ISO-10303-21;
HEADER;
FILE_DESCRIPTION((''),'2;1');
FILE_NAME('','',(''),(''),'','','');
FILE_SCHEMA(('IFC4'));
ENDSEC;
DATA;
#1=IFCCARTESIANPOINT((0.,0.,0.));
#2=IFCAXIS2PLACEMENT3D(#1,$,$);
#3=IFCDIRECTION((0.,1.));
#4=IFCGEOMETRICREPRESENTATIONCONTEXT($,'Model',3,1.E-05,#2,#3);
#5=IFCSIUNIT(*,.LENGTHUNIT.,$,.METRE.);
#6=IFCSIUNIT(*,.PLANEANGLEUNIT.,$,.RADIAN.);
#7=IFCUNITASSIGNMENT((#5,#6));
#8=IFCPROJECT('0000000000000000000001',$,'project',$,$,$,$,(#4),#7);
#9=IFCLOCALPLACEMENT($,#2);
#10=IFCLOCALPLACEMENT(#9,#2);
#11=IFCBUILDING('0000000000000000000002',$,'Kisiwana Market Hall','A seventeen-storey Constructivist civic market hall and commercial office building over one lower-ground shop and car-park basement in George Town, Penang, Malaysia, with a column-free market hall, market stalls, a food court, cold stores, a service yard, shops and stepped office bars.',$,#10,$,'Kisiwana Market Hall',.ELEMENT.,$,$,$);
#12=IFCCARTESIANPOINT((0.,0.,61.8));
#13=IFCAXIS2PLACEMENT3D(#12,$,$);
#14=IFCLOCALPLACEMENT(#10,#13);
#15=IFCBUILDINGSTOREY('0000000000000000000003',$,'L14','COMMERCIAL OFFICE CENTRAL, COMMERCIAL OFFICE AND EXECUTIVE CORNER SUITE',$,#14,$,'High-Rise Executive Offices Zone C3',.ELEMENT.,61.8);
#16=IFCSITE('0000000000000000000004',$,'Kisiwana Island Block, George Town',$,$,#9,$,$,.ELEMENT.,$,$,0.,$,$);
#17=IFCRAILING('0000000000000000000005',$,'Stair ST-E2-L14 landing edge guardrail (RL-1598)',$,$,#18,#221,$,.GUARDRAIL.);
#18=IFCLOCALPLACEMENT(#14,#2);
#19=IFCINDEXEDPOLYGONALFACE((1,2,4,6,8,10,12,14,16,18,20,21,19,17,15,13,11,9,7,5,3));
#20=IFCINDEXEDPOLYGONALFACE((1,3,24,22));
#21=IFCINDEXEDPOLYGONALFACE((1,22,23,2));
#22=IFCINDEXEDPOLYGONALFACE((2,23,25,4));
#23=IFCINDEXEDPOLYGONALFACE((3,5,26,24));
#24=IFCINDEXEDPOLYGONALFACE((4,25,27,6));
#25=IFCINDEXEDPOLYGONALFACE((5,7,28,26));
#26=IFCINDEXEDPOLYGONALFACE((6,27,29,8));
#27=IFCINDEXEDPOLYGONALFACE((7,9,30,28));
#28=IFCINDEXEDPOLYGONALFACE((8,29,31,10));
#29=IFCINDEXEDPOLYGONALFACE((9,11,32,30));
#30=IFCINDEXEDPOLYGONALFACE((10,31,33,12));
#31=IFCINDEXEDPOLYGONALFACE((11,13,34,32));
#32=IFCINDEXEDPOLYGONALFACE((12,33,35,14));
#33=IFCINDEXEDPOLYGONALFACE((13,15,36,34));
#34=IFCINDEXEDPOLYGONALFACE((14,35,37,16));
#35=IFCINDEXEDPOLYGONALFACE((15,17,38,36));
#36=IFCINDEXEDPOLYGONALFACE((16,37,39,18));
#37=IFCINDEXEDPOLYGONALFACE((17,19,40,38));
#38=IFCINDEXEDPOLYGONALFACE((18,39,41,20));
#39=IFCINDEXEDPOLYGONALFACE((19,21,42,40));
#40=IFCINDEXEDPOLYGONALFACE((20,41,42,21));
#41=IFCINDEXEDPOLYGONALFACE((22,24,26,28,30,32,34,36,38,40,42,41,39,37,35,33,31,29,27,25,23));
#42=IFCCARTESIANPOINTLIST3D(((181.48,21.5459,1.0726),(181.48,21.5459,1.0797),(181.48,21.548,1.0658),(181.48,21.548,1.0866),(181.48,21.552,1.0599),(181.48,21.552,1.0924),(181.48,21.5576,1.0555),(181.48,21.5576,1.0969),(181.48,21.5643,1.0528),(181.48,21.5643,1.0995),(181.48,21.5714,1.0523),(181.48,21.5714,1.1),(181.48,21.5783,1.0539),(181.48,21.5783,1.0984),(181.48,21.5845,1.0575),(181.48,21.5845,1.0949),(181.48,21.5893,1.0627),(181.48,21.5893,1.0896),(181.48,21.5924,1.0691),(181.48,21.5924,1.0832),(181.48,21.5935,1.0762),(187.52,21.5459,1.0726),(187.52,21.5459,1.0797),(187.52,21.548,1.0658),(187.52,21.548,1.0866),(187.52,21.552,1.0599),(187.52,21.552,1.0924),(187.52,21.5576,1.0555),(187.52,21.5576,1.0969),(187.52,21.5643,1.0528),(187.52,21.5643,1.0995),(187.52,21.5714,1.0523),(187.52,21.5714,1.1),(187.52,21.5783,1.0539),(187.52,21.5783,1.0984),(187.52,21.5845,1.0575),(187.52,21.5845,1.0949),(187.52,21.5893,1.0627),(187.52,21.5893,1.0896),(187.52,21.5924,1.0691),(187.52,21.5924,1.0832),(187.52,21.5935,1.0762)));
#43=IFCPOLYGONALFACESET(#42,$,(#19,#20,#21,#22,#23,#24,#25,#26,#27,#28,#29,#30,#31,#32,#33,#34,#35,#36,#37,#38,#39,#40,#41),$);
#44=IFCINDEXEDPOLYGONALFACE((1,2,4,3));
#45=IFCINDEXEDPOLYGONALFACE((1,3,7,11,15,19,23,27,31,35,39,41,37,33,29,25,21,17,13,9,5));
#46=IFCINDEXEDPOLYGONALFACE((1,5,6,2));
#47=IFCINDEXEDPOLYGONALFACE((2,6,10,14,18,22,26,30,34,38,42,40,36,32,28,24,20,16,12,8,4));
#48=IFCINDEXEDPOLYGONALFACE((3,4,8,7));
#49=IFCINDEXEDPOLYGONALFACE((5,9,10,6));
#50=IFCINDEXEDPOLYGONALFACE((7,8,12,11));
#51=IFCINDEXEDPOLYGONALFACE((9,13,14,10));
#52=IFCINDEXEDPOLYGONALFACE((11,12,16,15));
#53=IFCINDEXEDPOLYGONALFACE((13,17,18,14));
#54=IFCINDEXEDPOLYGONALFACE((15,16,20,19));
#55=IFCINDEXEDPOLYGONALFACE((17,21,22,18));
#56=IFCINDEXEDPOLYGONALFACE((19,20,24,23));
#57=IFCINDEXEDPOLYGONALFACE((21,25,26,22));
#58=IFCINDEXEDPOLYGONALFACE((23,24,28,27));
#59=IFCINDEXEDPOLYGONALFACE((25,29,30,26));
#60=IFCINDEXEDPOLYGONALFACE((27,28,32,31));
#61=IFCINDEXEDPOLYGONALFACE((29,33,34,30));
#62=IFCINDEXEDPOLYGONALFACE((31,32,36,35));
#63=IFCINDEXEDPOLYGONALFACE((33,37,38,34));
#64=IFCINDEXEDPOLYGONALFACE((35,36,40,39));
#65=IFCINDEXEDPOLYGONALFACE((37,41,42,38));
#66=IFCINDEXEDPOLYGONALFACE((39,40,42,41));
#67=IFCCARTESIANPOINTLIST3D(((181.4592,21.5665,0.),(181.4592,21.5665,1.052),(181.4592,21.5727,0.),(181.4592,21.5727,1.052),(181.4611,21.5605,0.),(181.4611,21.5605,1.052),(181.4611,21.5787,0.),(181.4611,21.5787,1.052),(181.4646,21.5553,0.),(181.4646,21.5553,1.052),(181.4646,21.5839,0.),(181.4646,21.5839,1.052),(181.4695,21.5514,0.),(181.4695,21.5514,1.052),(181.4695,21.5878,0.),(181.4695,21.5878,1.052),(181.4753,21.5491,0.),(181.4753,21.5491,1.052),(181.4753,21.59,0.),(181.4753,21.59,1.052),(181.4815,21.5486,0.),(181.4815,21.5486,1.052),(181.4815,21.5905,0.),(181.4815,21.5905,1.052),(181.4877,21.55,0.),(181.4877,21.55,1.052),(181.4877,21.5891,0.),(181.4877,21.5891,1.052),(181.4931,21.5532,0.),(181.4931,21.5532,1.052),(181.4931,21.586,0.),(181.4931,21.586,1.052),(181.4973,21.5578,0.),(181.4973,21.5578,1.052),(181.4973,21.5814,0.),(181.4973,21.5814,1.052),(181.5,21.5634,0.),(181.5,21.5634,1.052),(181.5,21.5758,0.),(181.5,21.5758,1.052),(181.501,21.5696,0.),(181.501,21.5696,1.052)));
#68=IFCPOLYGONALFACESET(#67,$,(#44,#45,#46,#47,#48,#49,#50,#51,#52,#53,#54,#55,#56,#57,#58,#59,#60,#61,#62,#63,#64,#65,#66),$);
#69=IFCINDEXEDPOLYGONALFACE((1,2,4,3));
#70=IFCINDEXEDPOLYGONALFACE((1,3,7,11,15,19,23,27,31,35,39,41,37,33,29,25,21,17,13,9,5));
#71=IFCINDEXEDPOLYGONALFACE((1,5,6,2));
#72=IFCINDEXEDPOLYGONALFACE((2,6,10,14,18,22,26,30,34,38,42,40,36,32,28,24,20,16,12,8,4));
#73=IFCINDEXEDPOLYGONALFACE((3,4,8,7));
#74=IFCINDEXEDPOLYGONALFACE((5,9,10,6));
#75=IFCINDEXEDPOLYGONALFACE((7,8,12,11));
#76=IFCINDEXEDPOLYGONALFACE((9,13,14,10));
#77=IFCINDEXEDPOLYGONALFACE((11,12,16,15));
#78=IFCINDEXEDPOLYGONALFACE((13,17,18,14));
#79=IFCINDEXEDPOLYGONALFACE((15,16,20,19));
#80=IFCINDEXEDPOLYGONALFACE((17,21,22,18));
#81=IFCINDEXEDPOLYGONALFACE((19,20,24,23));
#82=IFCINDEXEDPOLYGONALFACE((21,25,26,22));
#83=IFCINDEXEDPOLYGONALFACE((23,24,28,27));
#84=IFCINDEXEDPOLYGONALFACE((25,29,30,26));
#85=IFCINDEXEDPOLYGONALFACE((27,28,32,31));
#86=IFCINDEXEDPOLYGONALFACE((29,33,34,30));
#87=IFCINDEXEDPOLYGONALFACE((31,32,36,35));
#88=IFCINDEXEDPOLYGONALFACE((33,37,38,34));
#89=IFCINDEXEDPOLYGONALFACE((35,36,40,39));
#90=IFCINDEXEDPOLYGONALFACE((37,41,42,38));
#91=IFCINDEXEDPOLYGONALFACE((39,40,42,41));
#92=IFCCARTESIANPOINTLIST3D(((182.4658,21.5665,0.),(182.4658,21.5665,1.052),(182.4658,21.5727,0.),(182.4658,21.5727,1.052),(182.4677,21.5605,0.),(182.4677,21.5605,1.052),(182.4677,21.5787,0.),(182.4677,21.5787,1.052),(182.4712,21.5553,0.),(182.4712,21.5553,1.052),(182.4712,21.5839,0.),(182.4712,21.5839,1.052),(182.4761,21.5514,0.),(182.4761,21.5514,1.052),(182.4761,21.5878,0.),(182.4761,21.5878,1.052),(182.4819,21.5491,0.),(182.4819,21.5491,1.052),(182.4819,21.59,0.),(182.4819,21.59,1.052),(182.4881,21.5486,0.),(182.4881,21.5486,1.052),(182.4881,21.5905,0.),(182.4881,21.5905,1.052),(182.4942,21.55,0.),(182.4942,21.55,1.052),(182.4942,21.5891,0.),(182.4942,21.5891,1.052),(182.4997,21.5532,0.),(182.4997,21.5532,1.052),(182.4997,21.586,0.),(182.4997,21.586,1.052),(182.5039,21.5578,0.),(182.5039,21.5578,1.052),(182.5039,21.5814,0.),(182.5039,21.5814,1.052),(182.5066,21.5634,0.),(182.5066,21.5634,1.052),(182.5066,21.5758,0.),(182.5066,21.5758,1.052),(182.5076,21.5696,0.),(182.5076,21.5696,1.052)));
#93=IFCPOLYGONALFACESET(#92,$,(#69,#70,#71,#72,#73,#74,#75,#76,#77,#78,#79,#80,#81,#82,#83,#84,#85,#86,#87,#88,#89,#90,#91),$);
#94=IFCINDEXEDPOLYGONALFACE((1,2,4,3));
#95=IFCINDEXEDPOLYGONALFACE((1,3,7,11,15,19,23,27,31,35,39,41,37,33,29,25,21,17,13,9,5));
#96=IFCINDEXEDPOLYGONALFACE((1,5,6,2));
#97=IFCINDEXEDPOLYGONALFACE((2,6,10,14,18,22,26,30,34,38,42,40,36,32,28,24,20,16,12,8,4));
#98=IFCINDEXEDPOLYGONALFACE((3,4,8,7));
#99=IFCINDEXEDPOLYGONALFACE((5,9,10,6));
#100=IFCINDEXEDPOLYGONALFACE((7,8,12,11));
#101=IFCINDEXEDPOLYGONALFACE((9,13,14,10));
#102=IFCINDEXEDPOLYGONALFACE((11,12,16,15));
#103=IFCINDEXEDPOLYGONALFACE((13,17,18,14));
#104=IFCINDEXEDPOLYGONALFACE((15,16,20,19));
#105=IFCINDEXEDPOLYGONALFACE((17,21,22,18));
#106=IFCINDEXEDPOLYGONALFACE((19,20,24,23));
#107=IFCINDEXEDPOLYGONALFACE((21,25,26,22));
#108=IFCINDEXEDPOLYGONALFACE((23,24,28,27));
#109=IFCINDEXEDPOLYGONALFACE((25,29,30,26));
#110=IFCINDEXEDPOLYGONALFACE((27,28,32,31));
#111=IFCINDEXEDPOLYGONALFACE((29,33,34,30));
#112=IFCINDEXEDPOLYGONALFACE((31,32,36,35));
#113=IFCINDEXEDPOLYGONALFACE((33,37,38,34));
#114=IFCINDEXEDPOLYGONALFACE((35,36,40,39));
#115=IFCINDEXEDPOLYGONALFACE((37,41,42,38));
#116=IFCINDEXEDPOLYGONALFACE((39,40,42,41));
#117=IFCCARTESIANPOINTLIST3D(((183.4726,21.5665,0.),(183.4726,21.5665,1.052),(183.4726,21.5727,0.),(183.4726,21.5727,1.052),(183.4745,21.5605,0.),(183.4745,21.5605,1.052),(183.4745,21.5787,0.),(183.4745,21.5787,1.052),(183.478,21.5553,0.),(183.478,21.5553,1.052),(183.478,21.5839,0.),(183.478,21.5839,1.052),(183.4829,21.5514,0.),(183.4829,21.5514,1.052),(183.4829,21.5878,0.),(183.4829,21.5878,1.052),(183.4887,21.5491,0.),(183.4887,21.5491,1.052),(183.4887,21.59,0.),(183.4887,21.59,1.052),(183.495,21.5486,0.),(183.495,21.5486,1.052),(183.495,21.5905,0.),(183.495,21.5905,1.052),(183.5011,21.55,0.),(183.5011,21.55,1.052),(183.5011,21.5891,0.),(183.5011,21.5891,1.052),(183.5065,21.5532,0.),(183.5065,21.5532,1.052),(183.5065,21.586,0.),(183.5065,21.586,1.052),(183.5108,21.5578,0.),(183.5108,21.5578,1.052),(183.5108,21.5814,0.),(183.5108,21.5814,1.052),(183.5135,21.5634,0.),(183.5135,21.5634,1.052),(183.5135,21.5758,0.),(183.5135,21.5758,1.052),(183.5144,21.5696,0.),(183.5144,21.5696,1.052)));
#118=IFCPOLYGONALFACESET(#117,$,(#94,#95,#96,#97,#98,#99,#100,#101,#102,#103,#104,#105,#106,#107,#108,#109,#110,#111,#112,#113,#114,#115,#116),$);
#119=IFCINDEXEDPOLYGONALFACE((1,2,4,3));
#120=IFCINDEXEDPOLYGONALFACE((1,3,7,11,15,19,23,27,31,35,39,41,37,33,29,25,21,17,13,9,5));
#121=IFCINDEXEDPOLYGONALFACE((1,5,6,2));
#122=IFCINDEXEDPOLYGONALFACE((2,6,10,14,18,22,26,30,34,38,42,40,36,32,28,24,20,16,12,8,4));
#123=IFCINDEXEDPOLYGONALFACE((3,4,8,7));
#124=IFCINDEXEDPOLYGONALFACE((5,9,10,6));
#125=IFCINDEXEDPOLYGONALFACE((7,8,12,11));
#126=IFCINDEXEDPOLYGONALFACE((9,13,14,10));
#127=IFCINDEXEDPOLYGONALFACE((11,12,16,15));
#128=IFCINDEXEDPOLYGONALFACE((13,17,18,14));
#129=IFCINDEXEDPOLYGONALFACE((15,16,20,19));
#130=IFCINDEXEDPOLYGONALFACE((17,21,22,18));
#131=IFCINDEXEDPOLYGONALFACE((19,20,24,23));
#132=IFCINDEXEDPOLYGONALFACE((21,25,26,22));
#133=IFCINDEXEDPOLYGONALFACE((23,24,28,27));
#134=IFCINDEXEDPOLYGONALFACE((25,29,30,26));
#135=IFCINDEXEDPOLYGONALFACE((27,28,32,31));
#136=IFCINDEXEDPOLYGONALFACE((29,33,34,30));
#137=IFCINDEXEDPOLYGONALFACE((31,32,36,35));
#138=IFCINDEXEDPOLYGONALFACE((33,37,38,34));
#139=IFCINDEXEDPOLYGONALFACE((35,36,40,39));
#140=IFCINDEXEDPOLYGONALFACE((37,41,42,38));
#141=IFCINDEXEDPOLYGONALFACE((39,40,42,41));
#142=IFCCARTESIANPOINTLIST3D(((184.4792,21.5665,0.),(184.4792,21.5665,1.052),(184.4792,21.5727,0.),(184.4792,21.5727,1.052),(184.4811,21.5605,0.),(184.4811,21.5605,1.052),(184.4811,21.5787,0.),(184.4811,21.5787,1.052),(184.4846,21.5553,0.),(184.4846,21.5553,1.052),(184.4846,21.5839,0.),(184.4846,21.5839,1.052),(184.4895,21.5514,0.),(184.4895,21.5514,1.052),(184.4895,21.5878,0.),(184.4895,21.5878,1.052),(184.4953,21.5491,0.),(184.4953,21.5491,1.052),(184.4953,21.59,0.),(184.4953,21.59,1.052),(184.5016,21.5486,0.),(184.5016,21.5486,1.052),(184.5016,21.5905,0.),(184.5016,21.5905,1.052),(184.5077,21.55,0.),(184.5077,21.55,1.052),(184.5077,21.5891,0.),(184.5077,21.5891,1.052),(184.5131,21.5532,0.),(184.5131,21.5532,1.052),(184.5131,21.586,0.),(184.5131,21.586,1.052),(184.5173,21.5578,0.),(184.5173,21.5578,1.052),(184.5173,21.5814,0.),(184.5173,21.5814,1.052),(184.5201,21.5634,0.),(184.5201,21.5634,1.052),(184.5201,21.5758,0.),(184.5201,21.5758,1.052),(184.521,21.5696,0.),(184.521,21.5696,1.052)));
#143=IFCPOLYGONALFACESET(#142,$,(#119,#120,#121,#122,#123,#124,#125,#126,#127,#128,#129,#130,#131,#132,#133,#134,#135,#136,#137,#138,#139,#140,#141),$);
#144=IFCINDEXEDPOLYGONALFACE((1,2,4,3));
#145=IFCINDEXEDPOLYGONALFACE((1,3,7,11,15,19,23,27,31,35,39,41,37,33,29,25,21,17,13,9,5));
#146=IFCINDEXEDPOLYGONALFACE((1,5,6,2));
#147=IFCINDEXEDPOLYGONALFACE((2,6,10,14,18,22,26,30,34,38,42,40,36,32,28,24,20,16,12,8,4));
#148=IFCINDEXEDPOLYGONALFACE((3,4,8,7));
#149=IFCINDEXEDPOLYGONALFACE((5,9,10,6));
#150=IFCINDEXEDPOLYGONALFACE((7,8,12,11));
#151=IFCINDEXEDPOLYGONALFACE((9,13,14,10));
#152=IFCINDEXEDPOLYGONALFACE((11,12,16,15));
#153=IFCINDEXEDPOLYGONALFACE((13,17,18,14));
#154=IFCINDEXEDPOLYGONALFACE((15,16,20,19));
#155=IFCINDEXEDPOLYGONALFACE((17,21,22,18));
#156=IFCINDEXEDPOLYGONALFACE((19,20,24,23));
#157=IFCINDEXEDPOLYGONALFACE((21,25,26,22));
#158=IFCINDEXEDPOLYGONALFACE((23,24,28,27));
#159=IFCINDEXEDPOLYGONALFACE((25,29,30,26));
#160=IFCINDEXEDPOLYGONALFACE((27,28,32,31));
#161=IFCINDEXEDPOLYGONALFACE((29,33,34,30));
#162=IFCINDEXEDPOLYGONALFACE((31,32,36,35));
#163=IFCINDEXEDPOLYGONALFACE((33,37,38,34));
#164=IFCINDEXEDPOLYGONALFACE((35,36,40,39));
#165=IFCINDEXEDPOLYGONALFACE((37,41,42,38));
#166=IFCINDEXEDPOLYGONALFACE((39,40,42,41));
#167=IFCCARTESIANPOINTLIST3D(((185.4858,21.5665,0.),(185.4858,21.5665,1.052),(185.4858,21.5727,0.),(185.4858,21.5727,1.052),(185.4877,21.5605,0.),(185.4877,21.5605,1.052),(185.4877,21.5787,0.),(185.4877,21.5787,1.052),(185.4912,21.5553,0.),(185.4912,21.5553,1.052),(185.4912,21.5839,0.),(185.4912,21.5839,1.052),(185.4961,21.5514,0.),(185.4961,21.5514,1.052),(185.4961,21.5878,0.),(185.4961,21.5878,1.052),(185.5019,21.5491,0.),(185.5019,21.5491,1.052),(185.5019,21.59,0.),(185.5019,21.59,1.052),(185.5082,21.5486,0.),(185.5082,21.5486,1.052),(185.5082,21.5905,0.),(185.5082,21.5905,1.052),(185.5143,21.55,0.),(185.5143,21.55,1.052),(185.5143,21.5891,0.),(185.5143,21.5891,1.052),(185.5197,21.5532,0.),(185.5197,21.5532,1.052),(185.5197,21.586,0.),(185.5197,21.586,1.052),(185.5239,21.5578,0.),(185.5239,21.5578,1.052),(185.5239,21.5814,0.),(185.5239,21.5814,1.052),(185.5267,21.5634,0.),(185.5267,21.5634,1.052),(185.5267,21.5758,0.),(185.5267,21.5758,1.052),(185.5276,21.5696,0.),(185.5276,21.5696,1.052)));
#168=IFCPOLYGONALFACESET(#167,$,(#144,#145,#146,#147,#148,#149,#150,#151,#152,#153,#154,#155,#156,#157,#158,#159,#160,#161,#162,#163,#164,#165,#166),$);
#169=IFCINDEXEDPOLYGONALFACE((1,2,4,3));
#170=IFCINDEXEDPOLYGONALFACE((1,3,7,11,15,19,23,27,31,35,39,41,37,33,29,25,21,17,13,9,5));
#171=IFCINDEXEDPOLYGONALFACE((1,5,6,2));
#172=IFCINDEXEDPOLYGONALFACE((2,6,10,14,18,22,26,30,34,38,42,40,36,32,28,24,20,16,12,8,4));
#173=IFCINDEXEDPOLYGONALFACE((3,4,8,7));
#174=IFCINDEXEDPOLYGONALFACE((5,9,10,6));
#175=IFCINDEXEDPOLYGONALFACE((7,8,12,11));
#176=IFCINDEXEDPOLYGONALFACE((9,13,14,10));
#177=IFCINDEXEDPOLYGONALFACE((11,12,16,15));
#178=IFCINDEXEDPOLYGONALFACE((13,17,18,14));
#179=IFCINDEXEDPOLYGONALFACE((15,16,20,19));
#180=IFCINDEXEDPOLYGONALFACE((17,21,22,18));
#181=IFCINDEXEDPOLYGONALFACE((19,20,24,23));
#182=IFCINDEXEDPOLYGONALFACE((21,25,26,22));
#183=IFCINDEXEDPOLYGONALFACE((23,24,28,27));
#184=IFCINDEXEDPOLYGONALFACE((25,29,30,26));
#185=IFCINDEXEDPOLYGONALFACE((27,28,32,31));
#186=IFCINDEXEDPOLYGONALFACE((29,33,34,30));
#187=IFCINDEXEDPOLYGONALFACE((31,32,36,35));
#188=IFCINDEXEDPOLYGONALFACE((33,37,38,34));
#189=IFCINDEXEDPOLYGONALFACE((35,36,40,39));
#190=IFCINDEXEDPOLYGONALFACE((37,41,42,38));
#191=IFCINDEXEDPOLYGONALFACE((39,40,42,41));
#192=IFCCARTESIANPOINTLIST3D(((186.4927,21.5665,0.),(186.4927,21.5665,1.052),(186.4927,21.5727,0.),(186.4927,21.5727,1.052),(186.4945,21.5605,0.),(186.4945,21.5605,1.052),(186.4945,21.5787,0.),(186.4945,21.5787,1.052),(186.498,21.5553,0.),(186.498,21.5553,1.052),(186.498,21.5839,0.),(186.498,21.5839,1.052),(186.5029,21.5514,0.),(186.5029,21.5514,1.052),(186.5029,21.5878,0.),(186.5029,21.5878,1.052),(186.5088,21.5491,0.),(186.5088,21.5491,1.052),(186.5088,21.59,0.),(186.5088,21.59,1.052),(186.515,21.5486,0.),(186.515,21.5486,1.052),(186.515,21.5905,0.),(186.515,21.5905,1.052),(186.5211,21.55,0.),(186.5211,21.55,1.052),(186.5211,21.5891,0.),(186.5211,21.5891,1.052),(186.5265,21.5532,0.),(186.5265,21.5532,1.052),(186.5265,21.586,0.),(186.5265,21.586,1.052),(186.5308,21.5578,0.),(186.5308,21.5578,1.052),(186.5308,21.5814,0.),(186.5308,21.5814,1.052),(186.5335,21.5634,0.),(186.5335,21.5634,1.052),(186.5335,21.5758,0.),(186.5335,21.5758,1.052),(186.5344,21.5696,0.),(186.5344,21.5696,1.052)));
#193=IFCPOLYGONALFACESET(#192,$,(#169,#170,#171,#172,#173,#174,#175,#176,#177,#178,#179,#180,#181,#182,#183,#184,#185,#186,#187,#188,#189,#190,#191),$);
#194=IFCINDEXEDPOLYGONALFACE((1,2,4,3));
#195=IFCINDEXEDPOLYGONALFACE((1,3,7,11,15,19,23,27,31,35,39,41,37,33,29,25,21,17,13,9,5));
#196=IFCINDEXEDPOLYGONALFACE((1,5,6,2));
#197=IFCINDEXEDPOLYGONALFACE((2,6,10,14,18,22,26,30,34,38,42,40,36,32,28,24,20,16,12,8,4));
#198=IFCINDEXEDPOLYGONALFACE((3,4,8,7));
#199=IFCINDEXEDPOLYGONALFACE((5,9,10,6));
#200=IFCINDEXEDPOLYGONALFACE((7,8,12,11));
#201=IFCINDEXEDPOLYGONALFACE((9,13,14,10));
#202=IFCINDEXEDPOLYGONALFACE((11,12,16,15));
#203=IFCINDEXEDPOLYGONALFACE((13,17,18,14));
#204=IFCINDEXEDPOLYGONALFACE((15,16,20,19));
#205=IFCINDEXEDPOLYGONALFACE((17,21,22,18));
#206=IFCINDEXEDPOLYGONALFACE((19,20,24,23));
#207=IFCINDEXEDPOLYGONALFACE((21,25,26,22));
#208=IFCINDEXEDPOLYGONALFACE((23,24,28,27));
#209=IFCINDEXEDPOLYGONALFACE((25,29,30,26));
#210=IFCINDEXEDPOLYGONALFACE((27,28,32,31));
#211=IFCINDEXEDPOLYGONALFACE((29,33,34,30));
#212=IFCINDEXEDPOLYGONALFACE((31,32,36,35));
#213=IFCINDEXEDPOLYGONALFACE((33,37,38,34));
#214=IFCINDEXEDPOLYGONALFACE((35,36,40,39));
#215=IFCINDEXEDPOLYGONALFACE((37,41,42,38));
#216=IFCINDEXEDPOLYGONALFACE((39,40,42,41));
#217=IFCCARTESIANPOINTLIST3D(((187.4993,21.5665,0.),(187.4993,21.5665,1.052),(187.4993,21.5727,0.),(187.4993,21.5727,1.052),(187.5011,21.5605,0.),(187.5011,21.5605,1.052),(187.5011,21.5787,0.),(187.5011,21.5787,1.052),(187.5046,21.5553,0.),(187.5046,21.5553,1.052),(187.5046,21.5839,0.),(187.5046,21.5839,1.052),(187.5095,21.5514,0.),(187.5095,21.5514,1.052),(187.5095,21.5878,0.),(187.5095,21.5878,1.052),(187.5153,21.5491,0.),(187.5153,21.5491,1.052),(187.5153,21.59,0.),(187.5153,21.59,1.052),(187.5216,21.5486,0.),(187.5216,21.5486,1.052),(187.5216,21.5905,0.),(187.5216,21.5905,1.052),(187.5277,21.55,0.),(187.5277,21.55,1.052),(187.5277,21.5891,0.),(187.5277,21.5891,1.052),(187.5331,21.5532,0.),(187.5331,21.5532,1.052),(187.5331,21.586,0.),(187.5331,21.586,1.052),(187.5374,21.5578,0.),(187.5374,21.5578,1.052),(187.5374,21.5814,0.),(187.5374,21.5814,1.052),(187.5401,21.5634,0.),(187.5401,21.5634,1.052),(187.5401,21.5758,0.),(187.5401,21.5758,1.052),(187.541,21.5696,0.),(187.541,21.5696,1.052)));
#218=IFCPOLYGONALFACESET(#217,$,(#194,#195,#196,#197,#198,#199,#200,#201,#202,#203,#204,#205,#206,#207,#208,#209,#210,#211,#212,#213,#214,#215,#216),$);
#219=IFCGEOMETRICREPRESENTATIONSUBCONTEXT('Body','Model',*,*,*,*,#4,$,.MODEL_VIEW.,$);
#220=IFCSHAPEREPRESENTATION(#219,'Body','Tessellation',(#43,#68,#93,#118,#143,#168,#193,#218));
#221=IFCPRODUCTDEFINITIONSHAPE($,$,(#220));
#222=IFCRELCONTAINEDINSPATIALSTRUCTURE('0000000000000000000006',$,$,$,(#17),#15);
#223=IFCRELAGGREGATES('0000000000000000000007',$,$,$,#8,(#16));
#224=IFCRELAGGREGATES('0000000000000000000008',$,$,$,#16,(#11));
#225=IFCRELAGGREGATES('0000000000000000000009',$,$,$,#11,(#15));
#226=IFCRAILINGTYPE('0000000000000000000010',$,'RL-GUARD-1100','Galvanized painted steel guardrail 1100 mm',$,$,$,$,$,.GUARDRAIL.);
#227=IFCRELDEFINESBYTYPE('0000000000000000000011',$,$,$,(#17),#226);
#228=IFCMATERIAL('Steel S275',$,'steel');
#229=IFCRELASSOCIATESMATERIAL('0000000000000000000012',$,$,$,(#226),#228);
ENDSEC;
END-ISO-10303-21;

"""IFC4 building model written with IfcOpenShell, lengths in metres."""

from ifc_helpers import new_model, si_unit, direction, frame, origin, origin_2d, place, context, subcontext, project, spatial, circle, extrude, material, type_object, element, save


model = new_model("IFC4")

# Units and contexts
model_context = context("Model", 3, precision=1e-05, world=origin(), true_north=direction((0.0, 1.0)))
body_context = subcontext(model_context, "Body", "Model", "MODEL_VIEW")
ifc_project = project(units=[si_unit("LENGTHUNIT", "METRE"), si_unit("PLANEANGLEUNIT", "RADIAN")], contexts=[model_context])

# Site, building, storey
site_placement = place(None, origin())
site = spatial("IfcSite", under=ifc_project, at=site_placement, Name="Kisiwana Island Block, George Town", CompositionType="ELEMENT", RefElevation=0.0)
building_placement = place(site_placement, origin())
building = spatial("IfcBuilding", under=site, at=building_placement, Name="Kisiwana Market Hall", Description="A seventeen-storey Constructivist civic market hall and commercial office building over one lower-ground shop and car-park basement in George Town, Penang, Malaysia, with a column-free market hall, market stalls, a food court, cold stores, a service yard, shops and stepped office bars.", LongName="Kisiwana Market Hall", CompositionType="ELEMENT")
storey_placement = place(building_placement, frame((0.0, 0.0, 61.8)))
storey = spatial("IfcBuildingStorey", under=building, at=storey_placement, Name="L14", Description="COMMERCIAL OFFICE CENTRAL, COMMERCIAL OFFICE AND EXECUTIVE CORNER SUITE", LongName="High-Rise Executive Offices Zone C3", CompositionType="ELEMENT", Elevation=61.8)

# Railing
ifc_material_1 = material(Name="Steel S275", Category="steel")
railing_type_1 = type_object("IfcRailingType", Name="RL-GUARD-1100", Description="Galvanized painted steel guardrail 1100 mm", PredefinedType="GUARDRAIL", material=ifc_material_1)
railing_1_placement = place(storey_placement, frame((181.48, 21.5696, 0.0)))
element("IfcRailing", 1, at=railing_1_placement, inside=storey, type_object=railing_type_1, Name="Stair ST-E2-L14 landing edge guardrail (RL-1598)", PredefinedType="GUARDRAIL", context=body_context, shape_type="SweptSolid", body=[
    extrude(circle(Radius=0.0239, at=origin_2d()), frame((0.0, 0.0, 1.0762), z_axis=(1.0, 0.0, 0.0), x_axis=(0.0, 1.0, 0.0)), (0.0, 0.0, 1.0), 6.04),
    extrude(circle(Radius=0.021, at=origin_2d()), origin(), (0.0, 0.0, 1.0), 1.052),
    extrude(circle(Radius=0.021, at=origin_2d()), frame((1.0066, 0.0, 0.0)), (0.0, 0.0, 1.0), 1.052),
    extrude(circle(Radius=0.021, at=origin_2d()), frame((2.0134, 0.0, 0.0)), (0.0, 0.0, 1.0), 1.052),
    extrude(circle(Radius=0.021, at=origin_2d()), frame((3.02, 0.0, 0.0)), (0.0, 0.0, 1.0), 1.052),
    extrude(circle(Radius=0.021, at=origin_2d()), frame((4.0266, 0.0, 0.0)), (0.0, 0.0, 1.0), 1.052),
    extrude(circle(Radius=0.021, at=origin_2d()), frame((5.0334, 0.0, 0.0)), (0.0, 0.0, 1.0), 1.052),
    extrude(circle(Radius=0.021, at=origin_2d()), frame((6.04, 0.0, 0.0)), (0.0, 0.0, 1.0), 1.052),
])

save(model, "model.ifc")
